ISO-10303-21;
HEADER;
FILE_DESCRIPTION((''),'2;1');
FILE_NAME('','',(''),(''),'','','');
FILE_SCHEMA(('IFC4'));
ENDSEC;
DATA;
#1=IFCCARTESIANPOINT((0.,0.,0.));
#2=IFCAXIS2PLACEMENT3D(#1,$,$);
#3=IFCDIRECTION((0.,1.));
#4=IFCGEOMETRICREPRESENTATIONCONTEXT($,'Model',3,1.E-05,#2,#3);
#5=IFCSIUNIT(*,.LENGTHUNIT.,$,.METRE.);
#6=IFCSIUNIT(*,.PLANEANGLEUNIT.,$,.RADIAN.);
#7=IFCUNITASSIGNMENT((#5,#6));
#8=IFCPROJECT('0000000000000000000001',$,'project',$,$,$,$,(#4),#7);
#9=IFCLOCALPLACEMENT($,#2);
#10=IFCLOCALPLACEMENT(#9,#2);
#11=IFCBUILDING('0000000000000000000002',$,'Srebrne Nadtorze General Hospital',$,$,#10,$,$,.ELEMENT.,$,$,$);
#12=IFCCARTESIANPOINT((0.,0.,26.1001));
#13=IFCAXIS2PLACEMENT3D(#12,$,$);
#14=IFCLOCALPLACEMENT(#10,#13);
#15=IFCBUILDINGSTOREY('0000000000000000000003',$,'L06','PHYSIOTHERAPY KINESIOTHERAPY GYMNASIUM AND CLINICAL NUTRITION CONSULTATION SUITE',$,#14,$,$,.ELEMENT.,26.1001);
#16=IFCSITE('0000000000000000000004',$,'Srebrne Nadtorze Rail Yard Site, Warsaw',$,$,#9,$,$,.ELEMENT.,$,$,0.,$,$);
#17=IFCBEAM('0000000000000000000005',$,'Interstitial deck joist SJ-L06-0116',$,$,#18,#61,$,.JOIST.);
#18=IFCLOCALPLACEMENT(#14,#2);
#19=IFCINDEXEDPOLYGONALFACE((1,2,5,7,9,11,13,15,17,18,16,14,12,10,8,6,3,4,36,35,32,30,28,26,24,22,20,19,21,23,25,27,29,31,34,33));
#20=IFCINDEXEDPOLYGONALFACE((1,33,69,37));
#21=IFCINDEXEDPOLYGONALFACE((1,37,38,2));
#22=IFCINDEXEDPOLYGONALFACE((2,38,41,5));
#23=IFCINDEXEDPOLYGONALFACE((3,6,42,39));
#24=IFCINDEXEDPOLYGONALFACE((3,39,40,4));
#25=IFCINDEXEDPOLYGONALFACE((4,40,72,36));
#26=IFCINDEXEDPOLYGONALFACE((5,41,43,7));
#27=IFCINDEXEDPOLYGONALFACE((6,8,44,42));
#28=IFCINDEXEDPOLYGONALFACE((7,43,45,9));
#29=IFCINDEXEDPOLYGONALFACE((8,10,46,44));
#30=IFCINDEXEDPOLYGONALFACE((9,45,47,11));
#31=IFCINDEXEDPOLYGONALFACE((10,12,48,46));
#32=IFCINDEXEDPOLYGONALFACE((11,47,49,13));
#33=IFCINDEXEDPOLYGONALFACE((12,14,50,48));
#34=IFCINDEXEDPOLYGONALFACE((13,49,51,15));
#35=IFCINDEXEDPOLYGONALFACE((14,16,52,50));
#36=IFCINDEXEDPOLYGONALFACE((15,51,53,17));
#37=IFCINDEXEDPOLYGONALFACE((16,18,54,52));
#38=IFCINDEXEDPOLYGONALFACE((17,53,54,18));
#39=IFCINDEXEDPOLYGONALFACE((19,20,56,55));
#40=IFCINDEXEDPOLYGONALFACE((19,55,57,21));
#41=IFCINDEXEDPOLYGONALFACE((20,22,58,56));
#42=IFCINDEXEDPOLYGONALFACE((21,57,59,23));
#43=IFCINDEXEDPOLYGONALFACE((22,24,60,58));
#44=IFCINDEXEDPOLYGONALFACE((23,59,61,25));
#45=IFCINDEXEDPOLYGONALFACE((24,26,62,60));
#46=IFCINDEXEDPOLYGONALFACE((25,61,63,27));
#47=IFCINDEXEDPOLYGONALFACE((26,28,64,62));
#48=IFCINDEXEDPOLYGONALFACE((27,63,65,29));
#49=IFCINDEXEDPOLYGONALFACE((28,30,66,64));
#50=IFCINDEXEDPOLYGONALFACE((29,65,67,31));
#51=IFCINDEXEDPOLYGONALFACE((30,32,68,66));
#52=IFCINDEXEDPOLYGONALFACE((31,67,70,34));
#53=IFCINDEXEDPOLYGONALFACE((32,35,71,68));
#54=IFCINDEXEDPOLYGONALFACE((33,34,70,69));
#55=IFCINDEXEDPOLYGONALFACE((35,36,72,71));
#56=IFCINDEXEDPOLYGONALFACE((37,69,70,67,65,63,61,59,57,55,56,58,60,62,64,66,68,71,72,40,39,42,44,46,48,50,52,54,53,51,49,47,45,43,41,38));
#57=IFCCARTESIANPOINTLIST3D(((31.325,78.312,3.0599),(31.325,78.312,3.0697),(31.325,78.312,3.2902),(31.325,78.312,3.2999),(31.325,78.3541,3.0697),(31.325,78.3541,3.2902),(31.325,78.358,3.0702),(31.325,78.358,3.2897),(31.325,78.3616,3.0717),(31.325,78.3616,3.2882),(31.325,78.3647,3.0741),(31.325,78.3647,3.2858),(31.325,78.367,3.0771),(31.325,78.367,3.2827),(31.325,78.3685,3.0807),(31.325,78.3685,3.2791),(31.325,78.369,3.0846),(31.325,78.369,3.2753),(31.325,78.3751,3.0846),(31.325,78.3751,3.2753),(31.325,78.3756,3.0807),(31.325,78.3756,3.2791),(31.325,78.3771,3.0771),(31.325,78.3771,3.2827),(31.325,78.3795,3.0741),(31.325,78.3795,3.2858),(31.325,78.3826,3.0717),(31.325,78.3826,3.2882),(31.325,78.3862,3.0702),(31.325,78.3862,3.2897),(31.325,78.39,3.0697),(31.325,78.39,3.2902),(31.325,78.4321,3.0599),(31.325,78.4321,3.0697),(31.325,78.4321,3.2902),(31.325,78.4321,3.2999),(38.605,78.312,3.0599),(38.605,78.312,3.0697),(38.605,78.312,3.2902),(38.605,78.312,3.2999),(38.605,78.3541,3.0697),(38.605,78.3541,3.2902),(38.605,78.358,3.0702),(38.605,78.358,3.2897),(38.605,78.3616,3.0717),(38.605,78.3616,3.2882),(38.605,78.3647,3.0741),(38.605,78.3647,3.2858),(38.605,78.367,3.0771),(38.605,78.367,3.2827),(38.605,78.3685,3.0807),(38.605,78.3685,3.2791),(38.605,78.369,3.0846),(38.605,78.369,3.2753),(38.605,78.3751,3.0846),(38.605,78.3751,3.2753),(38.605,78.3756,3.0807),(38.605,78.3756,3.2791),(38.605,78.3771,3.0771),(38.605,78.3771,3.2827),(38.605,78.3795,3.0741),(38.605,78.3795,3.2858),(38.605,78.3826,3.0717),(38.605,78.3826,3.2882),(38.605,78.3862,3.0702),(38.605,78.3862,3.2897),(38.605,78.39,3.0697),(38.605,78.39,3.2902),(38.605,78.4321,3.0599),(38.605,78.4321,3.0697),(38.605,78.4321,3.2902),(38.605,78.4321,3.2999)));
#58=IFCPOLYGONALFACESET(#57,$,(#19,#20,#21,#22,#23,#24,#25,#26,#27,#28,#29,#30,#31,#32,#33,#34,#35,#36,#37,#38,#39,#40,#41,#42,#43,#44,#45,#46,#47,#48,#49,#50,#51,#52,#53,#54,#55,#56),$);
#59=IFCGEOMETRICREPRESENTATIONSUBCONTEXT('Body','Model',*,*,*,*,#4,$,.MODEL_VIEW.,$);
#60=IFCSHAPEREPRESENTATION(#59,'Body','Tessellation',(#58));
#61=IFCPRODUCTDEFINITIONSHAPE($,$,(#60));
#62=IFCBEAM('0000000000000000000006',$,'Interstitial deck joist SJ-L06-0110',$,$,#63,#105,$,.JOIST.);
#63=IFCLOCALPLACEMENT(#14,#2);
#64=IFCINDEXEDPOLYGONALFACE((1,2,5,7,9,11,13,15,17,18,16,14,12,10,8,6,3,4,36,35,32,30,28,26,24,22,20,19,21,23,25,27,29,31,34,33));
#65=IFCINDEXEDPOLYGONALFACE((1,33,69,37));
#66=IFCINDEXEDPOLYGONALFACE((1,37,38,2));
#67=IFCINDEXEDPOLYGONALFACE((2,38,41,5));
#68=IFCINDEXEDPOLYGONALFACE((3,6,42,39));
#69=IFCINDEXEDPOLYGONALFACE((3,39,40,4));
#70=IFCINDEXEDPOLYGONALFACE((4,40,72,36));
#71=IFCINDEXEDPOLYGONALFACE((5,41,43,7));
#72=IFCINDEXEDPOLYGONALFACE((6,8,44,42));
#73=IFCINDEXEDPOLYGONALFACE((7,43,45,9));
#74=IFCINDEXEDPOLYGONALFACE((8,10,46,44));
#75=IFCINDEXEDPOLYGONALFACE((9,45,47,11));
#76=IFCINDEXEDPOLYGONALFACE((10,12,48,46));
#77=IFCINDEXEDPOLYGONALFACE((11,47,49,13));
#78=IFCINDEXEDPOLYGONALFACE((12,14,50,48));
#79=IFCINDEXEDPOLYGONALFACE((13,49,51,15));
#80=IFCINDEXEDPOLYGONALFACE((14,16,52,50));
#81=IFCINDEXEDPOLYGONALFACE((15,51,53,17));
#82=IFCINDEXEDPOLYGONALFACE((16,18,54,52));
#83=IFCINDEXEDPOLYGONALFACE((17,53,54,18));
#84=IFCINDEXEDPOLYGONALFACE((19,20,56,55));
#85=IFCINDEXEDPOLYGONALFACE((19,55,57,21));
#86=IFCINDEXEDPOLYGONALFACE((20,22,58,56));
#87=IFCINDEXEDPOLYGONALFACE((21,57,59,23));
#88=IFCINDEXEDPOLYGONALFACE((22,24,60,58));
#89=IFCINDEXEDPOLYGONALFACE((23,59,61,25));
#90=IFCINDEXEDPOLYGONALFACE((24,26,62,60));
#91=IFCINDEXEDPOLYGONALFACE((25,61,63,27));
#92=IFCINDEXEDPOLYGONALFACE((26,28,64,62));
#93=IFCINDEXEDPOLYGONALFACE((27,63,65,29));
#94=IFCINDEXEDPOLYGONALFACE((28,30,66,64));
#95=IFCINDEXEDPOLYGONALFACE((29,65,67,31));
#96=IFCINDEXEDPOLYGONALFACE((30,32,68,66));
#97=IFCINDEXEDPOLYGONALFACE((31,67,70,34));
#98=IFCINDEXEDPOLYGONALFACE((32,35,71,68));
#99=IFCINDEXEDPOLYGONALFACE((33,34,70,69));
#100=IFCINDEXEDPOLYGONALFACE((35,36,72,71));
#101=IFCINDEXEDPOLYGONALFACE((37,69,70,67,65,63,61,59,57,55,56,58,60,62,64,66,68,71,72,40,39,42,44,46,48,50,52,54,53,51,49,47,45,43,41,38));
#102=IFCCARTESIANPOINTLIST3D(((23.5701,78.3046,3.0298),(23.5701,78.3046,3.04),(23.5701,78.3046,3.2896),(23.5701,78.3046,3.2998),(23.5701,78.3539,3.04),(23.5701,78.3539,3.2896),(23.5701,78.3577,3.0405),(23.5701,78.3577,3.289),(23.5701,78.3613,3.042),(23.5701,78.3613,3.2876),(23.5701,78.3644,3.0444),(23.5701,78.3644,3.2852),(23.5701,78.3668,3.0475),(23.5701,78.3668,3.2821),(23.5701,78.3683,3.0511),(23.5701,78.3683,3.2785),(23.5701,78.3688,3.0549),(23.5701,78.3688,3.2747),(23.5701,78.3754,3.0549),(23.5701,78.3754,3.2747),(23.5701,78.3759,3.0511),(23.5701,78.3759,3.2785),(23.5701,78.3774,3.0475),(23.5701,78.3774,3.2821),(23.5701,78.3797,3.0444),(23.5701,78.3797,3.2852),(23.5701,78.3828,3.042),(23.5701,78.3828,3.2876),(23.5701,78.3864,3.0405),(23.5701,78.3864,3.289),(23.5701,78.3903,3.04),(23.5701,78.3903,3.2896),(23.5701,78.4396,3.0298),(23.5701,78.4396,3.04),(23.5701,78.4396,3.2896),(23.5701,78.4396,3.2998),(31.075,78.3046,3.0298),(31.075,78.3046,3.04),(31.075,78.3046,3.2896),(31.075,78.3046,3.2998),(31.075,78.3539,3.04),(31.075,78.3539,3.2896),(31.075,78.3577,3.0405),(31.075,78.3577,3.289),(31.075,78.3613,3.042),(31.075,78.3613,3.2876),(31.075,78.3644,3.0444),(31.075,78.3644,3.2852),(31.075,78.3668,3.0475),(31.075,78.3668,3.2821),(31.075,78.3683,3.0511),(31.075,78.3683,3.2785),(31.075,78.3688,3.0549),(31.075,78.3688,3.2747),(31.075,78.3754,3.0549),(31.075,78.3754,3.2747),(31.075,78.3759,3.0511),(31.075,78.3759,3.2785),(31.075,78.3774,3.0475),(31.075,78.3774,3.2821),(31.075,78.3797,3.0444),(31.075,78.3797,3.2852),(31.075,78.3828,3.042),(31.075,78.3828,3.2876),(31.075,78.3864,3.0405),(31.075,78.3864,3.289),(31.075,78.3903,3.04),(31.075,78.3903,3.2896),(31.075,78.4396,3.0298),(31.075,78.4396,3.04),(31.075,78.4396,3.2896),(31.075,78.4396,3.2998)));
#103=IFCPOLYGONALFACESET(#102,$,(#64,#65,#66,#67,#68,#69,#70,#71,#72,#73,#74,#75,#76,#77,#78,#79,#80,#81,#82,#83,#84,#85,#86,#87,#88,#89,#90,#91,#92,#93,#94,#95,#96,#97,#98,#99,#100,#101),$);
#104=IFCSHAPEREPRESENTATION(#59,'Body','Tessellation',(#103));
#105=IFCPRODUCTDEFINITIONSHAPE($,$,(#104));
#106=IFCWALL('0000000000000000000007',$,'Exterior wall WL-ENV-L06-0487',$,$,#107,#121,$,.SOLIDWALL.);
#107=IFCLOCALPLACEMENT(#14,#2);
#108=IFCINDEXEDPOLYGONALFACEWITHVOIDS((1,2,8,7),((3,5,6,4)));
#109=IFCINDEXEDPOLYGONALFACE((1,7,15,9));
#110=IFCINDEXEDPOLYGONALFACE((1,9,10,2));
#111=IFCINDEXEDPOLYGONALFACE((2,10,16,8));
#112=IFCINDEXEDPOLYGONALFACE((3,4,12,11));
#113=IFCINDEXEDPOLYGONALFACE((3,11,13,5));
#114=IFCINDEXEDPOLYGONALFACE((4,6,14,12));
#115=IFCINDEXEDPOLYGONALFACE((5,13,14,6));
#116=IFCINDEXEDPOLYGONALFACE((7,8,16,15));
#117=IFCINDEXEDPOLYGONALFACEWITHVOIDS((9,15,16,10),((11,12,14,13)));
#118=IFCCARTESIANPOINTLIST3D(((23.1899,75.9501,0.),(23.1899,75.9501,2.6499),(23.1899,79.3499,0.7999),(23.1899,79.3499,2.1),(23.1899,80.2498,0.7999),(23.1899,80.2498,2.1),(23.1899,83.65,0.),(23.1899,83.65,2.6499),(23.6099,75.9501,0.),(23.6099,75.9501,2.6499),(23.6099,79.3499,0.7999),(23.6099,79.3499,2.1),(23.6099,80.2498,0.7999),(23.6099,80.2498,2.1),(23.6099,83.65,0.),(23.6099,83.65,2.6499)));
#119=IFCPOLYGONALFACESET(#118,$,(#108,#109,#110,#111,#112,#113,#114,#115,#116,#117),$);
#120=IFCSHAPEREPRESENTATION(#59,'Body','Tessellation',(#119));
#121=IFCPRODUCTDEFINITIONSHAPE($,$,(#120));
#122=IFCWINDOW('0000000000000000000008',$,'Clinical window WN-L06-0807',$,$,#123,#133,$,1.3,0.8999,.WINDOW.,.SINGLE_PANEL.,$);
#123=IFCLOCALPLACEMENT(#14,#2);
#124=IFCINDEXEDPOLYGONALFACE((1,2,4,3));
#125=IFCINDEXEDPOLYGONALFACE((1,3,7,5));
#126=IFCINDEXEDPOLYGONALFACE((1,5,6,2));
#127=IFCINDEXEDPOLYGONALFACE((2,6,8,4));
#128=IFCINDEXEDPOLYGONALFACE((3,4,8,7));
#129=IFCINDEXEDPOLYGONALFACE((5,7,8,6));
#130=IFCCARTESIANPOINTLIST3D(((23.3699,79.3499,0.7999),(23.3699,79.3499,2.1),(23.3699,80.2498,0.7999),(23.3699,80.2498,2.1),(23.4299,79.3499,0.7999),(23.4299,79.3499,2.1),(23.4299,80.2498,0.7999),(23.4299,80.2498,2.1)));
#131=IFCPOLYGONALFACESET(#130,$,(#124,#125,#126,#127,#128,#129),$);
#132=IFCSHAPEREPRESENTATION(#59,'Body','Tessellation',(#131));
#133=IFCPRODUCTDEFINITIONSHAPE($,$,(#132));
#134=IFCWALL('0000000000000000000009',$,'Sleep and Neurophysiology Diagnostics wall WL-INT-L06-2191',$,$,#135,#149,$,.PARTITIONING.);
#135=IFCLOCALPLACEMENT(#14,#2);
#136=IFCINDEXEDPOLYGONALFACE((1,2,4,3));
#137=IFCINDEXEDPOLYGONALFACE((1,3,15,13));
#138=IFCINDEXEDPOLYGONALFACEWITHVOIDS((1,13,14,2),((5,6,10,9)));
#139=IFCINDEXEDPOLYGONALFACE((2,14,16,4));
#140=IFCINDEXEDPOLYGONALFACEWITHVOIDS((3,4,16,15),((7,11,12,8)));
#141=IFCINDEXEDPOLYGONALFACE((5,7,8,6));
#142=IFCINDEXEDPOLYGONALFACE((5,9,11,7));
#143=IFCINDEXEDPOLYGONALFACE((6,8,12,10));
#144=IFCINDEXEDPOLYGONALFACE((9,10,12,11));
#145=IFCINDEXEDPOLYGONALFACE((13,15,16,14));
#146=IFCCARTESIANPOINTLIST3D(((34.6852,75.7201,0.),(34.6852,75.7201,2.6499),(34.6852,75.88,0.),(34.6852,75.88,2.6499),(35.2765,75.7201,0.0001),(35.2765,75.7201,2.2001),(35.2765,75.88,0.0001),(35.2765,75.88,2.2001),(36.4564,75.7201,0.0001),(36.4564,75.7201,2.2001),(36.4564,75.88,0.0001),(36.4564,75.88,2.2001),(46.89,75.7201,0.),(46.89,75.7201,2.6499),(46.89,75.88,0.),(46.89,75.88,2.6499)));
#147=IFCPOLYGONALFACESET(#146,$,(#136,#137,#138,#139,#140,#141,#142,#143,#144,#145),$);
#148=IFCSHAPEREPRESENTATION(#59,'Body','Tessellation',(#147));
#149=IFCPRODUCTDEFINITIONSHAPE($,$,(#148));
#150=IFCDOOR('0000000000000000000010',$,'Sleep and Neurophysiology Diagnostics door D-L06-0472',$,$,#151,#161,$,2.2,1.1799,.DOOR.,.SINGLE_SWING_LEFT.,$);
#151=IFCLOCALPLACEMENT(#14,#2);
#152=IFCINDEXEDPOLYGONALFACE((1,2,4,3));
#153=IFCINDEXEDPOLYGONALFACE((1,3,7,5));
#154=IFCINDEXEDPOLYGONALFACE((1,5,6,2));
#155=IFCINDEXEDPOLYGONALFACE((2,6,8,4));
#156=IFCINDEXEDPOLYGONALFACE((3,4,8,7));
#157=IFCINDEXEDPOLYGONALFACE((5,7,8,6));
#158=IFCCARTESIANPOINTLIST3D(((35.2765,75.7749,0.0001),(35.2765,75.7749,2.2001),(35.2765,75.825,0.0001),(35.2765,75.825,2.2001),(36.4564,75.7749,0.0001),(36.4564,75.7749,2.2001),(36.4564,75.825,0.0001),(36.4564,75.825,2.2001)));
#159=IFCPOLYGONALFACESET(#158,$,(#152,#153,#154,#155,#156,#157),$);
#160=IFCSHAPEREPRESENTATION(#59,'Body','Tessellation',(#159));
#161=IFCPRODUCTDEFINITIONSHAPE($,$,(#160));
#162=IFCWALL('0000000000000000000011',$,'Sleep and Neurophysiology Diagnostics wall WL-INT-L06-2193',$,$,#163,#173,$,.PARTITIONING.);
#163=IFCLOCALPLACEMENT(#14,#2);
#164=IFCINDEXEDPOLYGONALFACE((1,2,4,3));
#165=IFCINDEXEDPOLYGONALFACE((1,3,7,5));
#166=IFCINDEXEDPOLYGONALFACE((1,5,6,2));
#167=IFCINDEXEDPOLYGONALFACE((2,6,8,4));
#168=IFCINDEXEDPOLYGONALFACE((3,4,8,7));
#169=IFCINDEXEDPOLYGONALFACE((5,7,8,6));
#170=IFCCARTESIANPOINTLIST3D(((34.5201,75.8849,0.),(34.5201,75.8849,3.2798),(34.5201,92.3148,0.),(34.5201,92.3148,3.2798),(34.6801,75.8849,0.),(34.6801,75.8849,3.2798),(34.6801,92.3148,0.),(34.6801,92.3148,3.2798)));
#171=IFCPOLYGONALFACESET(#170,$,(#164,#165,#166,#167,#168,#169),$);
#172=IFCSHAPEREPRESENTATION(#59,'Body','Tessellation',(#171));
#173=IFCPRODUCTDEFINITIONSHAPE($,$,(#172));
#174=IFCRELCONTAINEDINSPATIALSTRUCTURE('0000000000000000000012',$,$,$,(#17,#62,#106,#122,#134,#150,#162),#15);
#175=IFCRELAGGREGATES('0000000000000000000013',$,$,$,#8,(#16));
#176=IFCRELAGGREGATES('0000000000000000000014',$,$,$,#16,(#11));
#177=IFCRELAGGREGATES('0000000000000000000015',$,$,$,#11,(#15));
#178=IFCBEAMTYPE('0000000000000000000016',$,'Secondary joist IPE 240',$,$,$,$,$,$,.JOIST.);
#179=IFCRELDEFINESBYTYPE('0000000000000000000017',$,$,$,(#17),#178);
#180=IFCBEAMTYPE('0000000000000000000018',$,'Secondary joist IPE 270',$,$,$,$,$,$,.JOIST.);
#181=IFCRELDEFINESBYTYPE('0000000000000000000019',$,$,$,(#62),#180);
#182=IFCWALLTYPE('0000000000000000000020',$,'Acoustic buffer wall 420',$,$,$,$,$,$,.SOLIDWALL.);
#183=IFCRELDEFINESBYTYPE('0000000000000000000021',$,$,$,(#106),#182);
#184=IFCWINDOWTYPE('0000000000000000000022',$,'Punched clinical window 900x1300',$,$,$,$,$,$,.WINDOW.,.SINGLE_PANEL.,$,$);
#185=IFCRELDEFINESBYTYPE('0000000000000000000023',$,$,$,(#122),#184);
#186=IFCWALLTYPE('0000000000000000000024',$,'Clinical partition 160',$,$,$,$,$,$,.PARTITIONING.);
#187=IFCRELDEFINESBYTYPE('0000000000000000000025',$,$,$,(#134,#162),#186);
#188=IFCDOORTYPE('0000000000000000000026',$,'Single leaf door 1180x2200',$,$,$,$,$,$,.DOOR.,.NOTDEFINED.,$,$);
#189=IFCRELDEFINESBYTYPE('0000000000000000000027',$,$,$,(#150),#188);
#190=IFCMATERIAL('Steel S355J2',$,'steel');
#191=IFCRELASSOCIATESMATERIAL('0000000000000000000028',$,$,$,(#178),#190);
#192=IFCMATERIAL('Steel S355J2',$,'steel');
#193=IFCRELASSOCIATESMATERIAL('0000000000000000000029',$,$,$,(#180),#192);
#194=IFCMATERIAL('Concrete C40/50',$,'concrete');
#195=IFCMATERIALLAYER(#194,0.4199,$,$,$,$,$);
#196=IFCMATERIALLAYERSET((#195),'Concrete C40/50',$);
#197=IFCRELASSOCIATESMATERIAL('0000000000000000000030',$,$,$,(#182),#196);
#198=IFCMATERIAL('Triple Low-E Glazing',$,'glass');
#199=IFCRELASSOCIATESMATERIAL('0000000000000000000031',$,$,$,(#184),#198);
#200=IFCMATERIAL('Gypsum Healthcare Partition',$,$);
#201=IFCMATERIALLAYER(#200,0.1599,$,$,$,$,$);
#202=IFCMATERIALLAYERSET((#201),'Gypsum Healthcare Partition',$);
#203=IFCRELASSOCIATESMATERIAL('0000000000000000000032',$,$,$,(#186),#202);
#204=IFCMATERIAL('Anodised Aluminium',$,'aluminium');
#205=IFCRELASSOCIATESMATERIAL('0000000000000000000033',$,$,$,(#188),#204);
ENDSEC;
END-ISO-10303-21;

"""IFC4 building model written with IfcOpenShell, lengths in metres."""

from ifc_helpers import new_model, si_unit, direction, frame, frame_2d, origin, origin_2d, place, context, subcontext, project, spatial, rectangle, i_section, extrude, material, layer, layer_set, material_profile, profile_set, type_object, element, fill, save


model = new_model("IFC4")

# Units and contexts
model_context = context("Model", 3, precision=1e-05, world=origin(), true_north=direction((0.0, 1.0)))
body_context = subcontext(model_context, "Body", "Model", "MODEL_VIEW")
ifc_project = project(units=[si_unit("LENGTHUNIT", "METRE"), si_unit("PLANEANGLEUNIT", "RADIAN")], contexts=[model_context])

# Site, building, storey
site_placement = place(None, origin())
site = spatial("IfcSite", under=ifc_project, at=site_placement, Name="Srebrne Nadtorze Rail Yard Site, Warsaw", CompositionType="ELEMENT", RefElevation=0.0)
building_placement = place(site_placement, origin())
building = spatial("IfcBuilding", under=site, at=building_placement, Name="Srebrne Nadtorze General Hospital", CompositionType="ELEMENT")
storey_placement = place(building_placement, frame((0.0, 0.0, 26.1001)))
storey = spatial("IfcBuildingStorey", under=building, at=storey_placement, Name="L06", Description="PHYSIOTHERAPY KINESIOTHERAPY GYMNASIUM AND CLINICAL NUTRITION CONSULTATION SUITE", CompositionType="ELEMENT", Elevation=26.1001)

# Beams
ifc_material_1 = material(Name="Steel S355J2", Category="steel")
ifc_material_profile_1 = material_profile(ifc_material_1, i_section(OverallWidth=0.1201, OverallDepth=0.24, WebThickness=0.0061, FlangeThickness=0.0098, FilletRadius=0.0149, at=origin_2d()), Name="IPE-240")
ifc_profile_set_1 = profile_set([ifc_material_profile_1], Name="Steel S355J2")
beam_type_1 = type_object("IfcBeamType", Name="Secondary joist IPE 240", PredefinedType="JOIST", material=ifc_profile_set_1)
beam_1_placement = place(storey_placement, frame((31.325, 78.3721, 3.1799), z_axis=(1.0, 0.0, 0.0), x_axis=(0.0, 1.0, 0.0)))
element("IfcBeam", 1, at=beam_1_placement, inside=storey, type_object=beam_type_1, Name="Interstitial deck joist SJ-L06-0116", PredefinedType="JOIST", context=body_context, shape_type="SweptSolid", body=[
    extrude(i_section(OverallWidth=0.1201, OverallDepth=0.24, WebThickness=0.0061, FlangeThickness=0.0098, FilletRadius=0.0149, at=origin_2d()), origin(), (0.0, 0.0, 1.0), 7.28),
])
ifc_material_2 = material(Name="Steel S355J2", Category="steel")
ifc_material_profile_2 = material_profile(ifc_material_2, i_section(OverallWidth=0.135, OverallDepth=0.27, WebThickness=0.0066, FlangeThickness=0.0103, FilletRadius=0.0149, at=origin_2d()), Name="IPE-270")
ifc_profile_set_2 = profile_set([ifc_material_profile_2], Name="Steel S355J2")
beam_type_2 = type_object("IfcBeamType", Name="Secondary joist IPE 270", PredefinedType="JOIST", material=ifc_profile_set_2)
beam_2_placement = place(storey_placement, frame((23.5701, 78.3721, 3.1648), z_axis=(1.0, 0.0, 0.0), x_axis=(0.0, 1.0, 0.0)))
element("IfcBeam", 2, at=beam_2_placement, inside=storey, type_object=beam_type_2, Name="Interstitial deck joist SJ-L06-0110", PredefinedType="JOIST", context=body_context, shape_type="SweptSolid", body=[
    extrude(i_section(OverallWidth=0.135, OverallDepth=0.27, WebThickness=0.0066, FlangeThickness=0.0103, FilletRadius=0.0149, at=origin_2d()), origin(), (0.0, 0.0, 1.0), 7.5049),
])

# Wall, opening, window
ifc_material_3 = material(Name="Concrete C40/50", Category="concrete")
ifc_layer_1 = layer(ifc_material_3, 0.4199)
ifc_layer_set_1 = layer_set([ifc_layer_1], Name="Concrete C40/50")
wall_type_1 = type_object("IfcWallType", Name="Acoustic buffer wall 420", PredefinedType="SOLIDWALL", material=ifc_layer_set_1)
wall_1_placement = place(storey_placement, frame((23.3999, 75.95, 0.0), z_axis=(0.0, 0.0, 1.0), x_axis=(0.0, 1.0, 0.0)))
wall_1 = element("IfcWall", 3, at=wall_1_placement, inside=storey, type_object=wall_type_1, Name="Exterior wall WL-ENV-L06-0487", PredefinedType="SOLIDWALL", context=body_context, shape_type="SweptSolid", body=[
    extrude(rectangle(XDim=7.7, YDim=0.4199, at=frame_2d((3.8501, 0.0))), origin(), (0.0, 0.0, 1.0), 2.6499),
])
opening_1_placement = place(wall_1_placement, frame((3.3999, 0.0, 0.8)))
opening_1 = element("IfcOpeningElement", 4, at=opening_1_placement, cuts=wall_1, PredefinedType="OPENING", context=body_context, shape_type="SweptSolid", body=[
    extrude(rectangle(XDim=0.8999, YDim=1.3, at=frame_2d((0.45, 0.6499))), frame((0.0, 0.2219, 0.0), z_axis=(0.0, -1.0, 0.0), x_axis=(1.0, 0.0, 0.0)), (0.0, 0.0, 1.0), 0.4438),
])
ifc_material_4 = material(Name="Triple Low-E Glazing", Category="glass")
window_type = type_object("IfcWindowType", Name="Punched clinical window 900x1300", PartitioningType="SINGLE_PANEL", PredefinedType="WINDOW", material=ifc_material_4)
window_placement = place(opening_1_placement, origin())
window = element("IfcWindow", 5, at=window_placement, inside=storey, type_object=window_type, Name="Clinical window WN-L06-0807", OverallHeight=1.3, OverallWidth=0.8999, PartitioningType="SINGLE_PANEL", PredefinedType="WINDOW", context=body_context, shape_type="SweptSolid", body=[
    extrude(rectangle(XDim=0.8999, YDim=1.3, at=frame_2d((0.45, 0.6499))), frame((0.0, 0.03, 0.0), z_axis=(0.0, -1.0, 0.0), x_axis=(1.0, 0.0, 0.0)), (0.0, 0.0, 1.0), 0.0601),
])
fill(opening_1, window)

# Wall, opening, door
ifc_material_5 = material(Name="Gypsum Healthcare Partition")
ifc_layer_2 = layer(ifc_material_5, 0.1599)
ifc_layer_set_2 = layer_set([ifc_layer_2], Name="Gypsum Healthcare Partition")
wall_type_2 = type_object("IfcWallType", Name="Clinical partition 160", PredefinedType="PARTITIONING", material=ifc_layer_set_2)
wall_2_placement = place(storey_placement, frame((34.6851, 75.8, 0.0), z_axis=(0.0, 0.0, 1.0), x_axis=(1.0, 0.0, 0.0)))
wall_2 = element("IfcWall", 6, at=wall_2_placement, inside=storey, type_object=wall_type_2, Name="Sleep and Neurophysiology Diagnostics wall WL-INT-L06-2191", PredefinedType="PARTITIONING", context=body_context, shape_type="SweptSolid", body=[
    extrude(rectangle(XDim=12.2048, YDim=0.1599, at=frame_2d((6.1025, 0.0))), origin(), (0.0, 0.0, 1.0), 2.6499),
])
opening_2_placement = place(wall_2_placement, frame((0.5916, 0.0, 0.0)))
opening_2 = element("IfcOpeningElement", 7, at=opening_2_placement, cuts=wall_2, PredefinedType="OPENING", context=body_context, shape_type="SweptSolid", body=[
    extrude(rectangle(XDim=1.1799, YDim=2.2, at=frame_2d((0.5898, 1.1001))), frame((0.0, 0.0918, 0.0), z_axis=(0.0, -1.0, 0.0), x_axis=(1.0, 0.0, 0.0)), (0.0, 0.0, 1.0), 0.1838),
])
ifc_material_6 = material(Name="Anodised Aluminium", Category="aluminium")
door_type_1 = type_object("IfcDoorType", Name="Single leaf door 1180x2200", OperationType="NOTDEFINED", PredefinedType="DOOR", material=ifc_material_6)
door_1_placement = place(opening_2_placement, origin())
door_1 = element("IfcDoor", 8, at=door_1_placement, inside=storey, type_object=door_type_1, Name="Sleep and Neurophysiology Diagnostics door D-L06-0472", OperationType="SINGLE_SWING_LEFT", OverallHeight=2.2, OverallWidth=1.1799, PredefinedType="DOOR", context=body_context, shape_type="SweptSolid", body=[
    extrude(rectangle(XDim=1.1799, YDim=2.2, at=frame_2d((0.5898, 1.1001))), frame((0.0, 0.0249, 0.0), z_axis=(0.0, -1.0, 0.0), x_axis=(1.0, 0.0, 0.0)), (0.0, 0.0, 1.0), 0.05),
])
fill(opening_2, door_1)

# Wall
wall_3_placement = place(storey_placement, frame((34.6001, 75.885, 0.0), z_axis=(0.0, 0.0, 1.0), x_axis=(0.0, 1.0, 0.0)))
element("IfcWall", 9, at=wall_3_placement, inside=storey, type_object=wall_type_2, Name="Sleep and Neurophysiology Diagnostics wall WL-INT-L06-2193", PredefinedType="PARTITIONING", context=body_context, shape_type="SweptSolid", body=[
    extrude(rectangle(XDim=16.4299, YDim=0.1599, at=frame_2d((8.2148, 0.0))), origin(), (0.0, 0.0, 1.0), 3.2798),
])

save(model, "model.ifc")
